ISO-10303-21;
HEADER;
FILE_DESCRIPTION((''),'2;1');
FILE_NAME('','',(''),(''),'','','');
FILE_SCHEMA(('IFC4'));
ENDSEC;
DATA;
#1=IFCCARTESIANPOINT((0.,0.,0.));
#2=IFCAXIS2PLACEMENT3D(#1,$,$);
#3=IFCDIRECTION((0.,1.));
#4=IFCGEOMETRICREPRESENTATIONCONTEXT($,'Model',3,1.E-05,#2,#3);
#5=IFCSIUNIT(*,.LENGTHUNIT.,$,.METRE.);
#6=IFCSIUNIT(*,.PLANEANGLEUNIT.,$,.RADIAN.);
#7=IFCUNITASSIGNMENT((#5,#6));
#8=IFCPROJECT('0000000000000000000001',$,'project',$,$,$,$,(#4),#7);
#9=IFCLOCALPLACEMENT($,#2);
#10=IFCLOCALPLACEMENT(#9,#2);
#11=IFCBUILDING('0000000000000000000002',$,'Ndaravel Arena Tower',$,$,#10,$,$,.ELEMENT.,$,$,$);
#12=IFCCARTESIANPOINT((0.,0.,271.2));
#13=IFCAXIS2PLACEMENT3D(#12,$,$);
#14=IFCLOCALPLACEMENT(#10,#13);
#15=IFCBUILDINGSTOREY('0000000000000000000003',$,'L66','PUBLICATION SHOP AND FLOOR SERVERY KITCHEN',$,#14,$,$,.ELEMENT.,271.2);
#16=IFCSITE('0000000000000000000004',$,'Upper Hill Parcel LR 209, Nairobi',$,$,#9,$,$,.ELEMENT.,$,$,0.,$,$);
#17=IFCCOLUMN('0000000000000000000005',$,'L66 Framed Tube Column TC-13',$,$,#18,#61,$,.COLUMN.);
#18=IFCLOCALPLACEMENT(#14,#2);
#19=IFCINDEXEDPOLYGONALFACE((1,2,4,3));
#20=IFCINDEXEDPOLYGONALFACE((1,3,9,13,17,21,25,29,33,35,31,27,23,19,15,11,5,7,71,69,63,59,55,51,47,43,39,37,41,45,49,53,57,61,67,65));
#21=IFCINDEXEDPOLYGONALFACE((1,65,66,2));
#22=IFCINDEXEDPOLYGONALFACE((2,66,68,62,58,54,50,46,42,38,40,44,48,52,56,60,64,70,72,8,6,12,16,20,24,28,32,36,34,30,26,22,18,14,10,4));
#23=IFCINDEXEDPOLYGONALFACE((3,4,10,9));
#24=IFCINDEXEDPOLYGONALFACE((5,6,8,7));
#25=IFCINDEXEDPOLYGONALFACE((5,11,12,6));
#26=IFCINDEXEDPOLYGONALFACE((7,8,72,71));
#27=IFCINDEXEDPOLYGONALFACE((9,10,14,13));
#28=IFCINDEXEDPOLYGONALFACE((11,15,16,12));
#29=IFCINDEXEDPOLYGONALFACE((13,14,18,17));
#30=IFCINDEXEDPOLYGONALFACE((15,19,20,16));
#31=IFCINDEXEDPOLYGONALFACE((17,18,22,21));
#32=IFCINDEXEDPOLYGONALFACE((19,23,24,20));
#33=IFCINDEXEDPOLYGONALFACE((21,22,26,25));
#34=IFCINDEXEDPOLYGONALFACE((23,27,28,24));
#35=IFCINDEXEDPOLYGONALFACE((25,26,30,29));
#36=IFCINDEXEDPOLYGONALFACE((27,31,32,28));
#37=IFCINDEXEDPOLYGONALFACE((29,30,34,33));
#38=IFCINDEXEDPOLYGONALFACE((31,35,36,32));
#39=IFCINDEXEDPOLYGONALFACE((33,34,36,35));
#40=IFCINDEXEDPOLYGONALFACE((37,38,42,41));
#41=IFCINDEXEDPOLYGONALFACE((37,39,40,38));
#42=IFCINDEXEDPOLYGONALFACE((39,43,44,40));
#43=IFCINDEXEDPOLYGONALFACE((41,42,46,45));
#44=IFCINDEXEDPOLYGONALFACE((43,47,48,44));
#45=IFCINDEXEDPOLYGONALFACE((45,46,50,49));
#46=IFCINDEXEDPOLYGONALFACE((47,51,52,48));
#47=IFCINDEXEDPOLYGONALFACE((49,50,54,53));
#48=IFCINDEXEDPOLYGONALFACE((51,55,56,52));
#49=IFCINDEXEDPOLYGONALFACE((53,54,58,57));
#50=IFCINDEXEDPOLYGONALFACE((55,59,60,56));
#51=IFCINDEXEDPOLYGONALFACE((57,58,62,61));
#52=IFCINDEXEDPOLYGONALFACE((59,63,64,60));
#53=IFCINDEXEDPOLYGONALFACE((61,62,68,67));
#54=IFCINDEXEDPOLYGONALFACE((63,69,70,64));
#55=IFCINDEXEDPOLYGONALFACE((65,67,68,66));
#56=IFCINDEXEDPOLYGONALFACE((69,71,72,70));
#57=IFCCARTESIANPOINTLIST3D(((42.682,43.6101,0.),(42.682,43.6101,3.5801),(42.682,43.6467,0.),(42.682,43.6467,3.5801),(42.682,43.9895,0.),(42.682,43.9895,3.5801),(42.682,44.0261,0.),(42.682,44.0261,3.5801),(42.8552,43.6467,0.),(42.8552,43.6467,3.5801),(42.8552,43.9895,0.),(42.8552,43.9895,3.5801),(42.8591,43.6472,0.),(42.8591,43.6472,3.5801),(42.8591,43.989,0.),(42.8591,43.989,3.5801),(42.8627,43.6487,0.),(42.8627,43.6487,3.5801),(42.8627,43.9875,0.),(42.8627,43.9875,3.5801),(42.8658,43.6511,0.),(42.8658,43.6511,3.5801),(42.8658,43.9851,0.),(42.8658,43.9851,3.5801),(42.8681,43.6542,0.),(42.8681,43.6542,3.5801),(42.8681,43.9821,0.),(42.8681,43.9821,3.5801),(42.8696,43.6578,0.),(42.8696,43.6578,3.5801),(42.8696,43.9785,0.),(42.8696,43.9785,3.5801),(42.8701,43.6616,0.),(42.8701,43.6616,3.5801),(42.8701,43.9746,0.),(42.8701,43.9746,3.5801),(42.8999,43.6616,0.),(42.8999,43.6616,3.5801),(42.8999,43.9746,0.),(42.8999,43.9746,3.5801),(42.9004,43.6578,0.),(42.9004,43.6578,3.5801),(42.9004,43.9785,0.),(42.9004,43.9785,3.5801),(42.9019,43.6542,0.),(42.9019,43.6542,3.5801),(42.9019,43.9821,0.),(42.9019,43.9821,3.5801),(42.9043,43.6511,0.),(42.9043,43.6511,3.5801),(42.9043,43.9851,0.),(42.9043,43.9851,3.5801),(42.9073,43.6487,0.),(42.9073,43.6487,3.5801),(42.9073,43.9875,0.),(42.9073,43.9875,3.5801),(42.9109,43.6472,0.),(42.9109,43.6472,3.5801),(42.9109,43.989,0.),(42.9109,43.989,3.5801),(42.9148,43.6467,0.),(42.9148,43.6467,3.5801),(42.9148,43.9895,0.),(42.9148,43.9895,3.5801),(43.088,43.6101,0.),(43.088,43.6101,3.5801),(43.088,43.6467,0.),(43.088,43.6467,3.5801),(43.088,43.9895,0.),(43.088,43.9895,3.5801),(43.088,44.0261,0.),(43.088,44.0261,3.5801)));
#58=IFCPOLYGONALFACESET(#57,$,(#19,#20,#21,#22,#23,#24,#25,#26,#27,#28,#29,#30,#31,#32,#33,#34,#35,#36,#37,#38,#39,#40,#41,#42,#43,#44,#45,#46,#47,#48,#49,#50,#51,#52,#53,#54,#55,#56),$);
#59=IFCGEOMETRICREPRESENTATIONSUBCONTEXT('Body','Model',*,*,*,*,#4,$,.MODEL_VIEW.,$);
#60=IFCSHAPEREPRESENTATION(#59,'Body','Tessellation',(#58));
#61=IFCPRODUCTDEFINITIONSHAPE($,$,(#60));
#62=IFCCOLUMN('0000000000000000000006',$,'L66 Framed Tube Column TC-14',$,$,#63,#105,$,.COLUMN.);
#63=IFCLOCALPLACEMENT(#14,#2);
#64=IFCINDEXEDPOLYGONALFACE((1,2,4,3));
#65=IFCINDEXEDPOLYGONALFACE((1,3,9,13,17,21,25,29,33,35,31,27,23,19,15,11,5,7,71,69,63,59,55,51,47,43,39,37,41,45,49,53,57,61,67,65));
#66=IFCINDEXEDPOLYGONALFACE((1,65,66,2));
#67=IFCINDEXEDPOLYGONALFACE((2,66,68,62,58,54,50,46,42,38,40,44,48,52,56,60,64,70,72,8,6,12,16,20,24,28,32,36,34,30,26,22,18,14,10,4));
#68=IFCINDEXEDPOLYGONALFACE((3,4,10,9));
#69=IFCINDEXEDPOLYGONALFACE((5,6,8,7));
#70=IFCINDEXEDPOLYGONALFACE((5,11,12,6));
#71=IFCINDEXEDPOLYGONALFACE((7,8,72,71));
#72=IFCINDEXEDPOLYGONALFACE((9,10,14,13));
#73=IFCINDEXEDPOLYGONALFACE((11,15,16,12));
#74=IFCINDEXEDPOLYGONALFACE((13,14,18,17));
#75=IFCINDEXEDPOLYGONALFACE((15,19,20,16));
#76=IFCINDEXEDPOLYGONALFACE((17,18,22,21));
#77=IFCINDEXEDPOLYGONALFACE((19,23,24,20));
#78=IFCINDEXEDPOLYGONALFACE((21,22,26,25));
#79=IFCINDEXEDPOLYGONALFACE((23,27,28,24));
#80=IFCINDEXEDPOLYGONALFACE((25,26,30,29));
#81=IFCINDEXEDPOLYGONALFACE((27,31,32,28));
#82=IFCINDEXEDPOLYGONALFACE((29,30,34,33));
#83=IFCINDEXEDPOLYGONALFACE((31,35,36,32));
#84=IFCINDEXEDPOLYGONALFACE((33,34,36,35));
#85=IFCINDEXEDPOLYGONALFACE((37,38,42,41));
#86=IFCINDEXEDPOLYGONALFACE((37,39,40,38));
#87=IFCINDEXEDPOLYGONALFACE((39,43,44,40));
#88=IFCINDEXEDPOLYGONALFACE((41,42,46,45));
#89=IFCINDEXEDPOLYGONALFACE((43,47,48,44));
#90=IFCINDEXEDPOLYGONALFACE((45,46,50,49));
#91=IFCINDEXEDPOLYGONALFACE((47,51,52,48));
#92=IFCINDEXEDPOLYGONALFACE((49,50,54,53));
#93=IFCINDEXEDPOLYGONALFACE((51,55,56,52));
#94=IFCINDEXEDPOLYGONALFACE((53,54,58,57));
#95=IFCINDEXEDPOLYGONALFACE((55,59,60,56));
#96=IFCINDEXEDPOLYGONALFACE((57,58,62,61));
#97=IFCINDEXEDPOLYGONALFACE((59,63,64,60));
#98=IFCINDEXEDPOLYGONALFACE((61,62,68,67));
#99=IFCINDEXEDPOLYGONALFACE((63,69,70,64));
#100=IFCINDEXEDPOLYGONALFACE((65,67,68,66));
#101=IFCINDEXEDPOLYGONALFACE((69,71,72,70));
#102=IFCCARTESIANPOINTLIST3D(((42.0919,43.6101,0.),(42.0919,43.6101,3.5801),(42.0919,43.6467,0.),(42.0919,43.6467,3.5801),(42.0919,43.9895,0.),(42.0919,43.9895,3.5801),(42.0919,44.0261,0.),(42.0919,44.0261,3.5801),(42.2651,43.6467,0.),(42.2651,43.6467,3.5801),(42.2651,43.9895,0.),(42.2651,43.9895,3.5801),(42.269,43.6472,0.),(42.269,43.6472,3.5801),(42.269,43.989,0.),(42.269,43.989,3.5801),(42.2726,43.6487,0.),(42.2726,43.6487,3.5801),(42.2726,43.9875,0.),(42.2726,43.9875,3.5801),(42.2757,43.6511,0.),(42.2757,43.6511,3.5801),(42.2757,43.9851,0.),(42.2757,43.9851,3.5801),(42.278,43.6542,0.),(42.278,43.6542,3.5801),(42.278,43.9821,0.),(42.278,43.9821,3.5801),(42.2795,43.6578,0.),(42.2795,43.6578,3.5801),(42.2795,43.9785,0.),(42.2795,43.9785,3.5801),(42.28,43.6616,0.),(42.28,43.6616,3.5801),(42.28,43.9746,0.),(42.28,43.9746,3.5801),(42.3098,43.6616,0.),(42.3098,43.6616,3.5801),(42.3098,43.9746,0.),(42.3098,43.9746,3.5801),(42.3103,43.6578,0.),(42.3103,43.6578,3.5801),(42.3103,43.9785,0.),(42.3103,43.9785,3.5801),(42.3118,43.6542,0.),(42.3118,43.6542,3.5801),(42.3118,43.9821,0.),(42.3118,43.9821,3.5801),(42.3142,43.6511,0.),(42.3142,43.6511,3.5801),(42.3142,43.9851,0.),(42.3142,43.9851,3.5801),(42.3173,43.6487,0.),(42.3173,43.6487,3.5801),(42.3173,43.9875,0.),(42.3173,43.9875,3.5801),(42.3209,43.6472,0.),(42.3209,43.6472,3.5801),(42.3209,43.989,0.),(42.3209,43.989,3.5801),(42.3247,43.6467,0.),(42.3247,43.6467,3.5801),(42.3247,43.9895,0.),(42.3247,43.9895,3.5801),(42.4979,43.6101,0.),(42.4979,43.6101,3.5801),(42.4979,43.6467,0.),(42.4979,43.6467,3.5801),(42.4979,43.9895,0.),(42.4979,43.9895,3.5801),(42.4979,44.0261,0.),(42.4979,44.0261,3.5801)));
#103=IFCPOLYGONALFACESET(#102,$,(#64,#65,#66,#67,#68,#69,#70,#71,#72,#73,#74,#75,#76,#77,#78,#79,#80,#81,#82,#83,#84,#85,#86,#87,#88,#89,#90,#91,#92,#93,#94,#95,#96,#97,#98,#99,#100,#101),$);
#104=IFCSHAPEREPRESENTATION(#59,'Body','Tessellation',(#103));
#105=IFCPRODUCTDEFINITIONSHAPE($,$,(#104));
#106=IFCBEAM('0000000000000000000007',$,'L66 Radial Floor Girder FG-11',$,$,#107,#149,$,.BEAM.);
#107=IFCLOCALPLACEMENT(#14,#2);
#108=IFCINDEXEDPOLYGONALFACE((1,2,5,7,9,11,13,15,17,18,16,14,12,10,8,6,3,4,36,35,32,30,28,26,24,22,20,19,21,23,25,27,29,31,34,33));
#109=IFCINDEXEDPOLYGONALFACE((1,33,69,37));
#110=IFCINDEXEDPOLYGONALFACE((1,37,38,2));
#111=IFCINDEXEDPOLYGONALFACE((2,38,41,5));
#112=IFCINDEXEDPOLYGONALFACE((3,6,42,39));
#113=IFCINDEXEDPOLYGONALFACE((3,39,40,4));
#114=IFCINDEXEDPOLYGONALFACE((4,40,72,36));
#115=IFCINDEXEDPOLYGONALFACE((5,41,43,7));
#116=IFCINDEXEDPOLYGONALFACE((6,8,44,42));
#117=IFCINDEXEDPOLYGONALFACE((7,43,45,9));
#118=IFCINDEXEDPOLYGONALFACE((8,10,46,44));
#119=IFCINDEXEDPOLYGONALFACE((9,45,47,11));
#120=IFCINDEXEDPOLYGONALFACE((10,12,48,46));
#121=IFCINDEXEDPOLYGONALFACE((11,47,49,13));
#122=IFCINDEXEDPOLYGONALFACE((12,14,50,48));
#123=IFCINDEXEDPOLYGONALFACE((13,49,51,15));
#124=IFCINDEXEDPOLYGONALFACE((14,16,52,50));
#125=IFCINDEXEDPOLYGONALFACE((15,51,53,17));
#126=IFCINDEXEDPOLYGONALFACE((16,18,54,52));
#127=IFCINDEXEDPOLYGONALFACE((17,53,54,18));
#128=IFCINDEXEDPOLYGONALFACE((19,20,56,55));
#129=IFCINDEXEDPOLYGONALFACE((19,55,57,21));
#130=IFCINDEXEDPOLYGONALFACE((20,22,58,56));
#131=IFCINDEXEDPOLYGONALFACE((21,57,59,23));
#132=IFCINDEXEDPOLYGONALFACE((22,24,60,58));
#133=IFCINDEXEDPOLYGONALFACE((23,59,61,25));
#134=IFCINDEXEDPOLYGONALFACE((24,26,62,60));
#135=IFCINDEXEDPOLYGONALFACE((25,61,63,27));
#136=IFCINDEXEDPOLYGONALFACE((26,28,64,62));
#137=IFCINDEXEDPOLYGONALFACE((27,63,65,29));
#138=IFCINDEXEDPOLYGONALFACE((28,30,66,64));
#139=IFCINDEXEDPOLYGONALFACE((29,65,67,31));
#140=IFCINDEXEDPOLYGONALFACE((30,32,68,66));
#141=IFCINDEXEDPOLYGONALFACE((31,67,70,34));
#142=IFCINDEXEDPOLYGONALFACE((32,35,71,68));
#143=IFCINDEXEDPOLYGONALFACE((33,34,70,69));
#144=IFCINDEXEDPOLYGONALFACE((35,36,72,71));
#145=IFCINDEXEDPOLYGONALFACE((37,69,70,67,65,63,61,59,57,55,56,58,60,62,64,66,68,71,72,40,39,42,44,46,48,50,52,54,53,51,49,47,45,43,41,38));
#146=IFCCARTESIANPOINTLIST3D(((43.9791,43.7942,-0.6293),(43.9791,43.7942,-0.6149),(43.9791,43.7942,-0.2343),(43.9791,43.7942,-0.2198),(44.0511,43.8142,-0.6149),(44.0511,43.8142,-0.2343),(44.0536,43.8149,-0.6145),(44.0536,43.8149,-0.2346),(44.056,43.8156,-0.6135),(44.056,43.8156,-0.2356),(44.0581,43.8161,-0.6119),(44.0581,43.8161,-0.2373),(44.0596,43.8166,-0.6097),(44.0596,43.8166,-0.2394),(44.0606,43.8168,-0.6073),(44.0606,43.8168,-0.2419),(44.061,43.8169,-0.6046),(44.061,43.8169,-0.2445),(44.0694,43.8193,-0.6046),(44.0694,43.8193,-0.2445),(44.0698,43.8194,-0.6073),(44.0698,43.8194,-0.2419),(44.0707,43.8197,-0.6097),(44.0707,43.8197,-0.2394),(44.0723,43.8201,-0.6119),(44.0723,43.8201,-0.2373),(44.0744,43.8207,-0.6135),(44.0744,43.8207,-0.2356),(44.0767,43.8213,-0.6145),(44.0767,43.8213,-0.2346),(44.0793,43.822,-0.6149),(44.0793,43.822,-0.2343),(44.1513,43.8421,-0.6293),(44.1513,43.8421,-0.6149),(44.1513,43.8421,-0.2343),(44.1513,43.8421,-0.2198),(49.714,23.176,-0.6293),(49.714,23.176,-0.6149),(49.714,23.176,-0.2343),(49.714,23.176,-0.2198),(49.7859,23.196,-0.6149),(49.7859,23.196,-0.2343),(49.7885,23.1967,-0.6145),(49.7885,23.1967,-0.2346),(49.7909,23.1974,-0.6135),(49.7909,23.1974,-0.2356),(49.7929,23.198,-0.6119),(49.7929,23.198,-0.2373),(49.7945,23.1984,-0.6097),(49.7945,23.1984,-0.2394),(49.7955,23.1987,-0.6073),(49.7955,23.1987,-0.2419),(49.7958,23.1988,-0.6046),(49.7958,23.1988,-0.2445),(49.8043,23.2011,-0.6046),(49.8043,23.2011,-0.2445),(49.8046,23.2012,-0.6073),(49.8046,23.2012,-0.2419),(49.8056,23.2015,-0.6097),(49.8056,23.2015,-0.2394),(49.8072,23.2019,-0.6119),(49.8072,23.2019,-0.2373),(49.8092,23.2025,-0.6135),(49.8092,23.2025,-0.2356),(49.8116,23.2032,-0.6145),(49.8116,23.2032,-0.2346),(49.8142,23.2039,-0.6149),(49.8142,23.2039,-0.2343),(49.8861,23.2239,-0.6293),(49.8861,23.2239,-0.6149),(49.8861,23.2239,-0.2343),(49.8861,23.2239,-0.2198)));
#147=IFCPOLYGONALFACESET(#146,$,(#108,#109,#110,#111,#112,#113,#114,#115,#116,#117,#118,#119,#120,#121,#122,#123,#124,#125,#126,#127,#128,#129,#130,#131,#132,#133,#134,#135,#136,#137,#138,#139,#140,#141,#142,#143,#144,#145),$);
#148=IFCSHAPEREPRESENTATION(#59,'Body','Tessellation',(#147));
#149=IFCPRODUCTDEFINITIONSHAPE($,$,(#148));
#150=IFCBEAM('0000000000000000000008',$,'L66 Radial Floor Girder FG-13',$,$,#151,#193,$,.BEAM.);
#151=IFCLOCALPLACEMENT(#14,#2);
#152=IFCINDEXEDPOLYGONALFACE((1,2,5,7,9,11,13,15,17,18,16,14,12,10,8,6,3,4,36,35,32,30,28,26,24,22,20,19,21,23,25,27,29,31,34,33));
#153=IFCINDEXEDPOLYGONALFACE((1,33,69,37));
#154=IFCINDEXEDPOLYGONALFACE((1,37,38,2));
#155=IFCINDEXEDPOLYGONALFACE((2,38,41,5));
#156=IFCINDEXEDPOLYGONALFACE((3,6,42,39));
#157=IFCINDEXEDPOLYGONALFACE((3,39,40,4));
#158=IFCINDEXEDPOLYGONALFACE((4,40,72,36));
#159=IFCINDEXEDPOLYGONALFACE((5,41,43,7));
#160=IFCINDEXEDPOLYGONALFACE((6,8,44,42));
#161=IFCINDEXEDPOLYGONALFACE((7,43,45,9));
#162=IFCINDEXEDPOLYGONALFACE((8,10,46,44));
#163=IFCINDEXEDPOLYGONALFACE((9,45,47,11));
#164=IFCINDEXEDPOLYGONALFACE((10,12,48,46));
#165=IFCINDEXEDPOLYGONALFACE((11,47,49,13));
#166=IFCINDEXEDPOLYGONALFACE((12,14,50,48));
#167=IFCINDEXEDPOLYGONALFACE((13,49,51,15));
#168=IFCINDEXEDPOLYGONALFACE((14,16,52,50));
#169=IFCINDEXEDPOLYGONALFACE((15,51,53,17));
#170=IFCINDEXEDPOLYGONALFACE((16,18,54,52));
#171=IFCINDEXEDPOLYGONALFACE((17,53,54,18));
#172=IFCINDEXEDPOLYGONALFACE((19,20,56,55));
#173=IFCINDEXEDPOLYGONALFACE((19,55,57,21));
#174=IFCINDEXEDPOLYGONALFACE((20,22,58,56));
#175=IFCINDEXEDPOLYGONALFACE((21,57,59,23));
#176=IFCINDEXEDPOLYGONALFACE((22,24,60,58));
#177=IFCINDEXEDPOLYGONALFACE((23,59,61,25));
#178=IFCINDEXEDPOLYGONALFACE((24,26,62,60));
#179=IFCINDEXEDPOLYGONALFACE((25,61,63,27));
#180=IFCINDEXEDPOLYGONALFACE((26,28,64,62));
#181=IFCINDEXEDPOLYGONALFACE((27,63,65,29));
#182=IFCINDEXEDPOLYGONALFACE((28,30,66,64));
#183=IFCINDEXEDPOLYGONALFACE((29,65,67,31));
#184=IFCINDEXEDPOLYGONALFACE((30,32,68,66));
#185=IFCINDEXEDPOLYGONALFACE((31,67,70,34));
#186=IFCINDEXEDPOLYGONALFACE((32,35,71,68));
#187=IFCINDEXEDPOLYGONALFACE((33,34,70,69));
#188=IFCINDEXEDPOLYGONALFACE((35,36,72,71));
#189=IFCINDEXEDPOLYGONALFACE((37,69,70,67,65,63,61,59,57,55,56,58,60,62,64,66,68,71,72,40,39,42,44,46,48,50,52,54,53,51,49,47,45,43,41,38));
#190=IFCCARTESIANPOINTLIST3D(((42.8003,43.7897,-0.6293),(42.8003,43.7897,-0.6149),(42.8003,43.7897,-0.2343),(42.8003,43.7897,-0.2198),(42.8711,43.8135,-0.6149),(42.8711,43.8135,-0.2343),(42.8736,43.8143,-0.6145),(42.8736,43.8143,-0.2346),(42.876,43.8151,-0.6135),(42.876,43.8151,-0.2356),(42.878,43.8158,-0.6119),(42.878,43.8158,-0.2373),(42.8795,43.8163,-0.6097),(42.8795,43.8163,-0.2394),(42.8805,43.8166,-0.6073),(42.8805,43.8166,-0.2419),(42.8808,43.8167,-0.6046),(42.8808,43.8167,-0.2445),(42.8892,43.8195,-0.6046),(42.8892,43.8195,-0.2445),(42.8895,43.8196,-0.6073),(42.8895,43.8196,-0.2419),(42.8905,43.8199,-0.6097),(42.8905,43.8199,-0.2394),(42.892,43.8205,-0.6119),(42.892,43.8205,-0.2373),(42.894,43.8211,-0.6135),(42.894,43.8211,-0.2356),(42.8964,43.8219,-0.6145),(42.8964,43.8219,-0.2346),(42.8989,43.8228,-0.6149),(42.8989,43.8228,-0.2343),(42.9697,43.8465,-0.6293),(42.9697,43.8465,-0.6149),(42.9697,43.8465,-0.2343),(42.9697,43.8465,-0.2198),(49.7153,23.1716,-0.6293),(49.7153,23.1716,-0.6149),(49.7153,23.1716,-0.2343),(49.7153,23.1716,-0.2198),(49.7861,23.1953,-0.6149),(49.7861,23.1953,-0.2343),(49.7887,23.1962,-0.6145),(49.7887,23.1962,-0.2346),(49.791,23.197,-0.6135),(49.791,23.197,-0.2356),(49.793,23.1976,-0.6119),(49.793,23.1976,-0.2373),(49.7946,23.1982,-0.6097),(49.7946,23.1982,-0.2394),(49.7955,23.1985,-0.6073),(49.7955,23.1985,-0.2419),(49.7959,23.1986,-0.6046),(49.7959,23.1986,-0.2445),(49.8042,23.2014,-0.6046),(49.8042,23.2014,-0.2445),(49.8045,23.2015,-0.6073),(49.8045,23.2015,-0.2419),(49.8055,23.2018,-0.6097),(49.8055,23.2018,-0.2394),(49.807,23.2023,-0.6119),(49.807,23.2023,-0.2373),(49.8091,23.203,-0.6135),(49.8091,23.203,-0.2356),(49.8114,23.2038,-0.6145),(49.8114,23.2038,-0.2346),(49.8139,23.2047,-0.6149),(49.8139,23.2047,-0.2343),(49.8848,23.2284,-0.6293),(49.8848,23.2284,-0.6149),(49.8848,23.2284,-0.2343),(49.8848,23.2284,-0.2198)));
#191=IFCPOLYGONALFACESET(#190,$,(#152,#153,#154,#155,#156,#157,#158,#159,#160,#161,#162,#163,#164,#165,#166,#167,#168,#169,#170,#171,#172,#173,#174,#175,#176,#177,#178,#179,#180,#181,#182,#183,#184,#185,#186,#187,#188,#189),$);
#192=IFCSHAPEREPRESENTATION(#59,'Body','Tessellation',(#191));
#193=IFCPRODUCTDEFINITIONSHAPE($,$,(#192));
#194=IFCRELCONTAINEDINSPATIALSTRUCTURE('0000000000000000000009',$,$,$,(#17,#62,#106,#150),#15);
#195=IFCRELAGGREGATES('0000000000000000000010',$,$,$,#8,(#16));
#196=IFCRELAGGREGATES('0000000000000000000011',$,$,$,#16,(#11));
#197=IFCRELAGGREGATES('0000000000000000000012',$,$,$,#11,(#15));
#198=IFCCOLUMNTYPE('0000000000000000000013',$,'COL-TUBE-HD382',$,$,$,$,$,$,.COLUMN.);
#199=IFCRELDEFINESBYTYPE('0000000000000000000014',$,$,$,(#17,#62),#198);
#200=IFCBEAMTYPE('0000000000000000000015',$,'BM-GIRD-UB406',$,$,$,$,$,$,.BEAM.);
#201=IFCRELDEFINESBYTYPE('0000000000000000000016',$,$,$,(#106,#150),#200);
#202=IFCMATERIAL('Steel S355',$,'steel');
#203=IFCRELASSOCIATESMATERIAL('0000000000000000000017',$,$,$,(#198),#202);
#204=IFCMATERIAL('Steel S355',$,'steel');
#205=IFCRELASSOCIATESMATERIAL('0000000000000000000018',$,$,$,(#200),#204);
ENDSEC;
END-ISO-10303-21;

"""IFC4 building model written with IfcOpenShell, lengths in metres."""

from ifc_helpers import new_model, si_unit, direction, frame, origin, origin_2d, place, context, subcontext, project, spatial, i_section, extrude, material, material_profile, profile_set, type_object, element, save


model = new_model("IFC4")

# Units and contexts
model_context = context("Model", 3, precision=1e-05, world=origin(), true_north=direction((0.0, 1.0)))
body_context = subcontext(model_context, "Body", "Model", "MODEL_VIEW")
ifc_project = project(units=[si_unit("LENGTHUNIT", "METRE"), si_unit("PLANEANGLEUNIT", "RADIAN")], contexts=[model_context])

# Site, building, storey
site_placement = place(None, origin())
site = spatial("IfcSite", under=ifc_project, at=site_placement, Name="Upper Hill Parcel LR 209, Nairobi", CompositionType="ELEMENT", RefElevation=0.0)
building_placement = place(site_placement, origin())
building = spatial("IfcBuilding", under=site, at=building_placement, Name="Ndaravel Arena Tower", CompositionType="ELEMENT")
storey_placement = place(building_placement, frame((0.0, 0.0, 271.2)))
storey = spatial("IfcBuildingStorey", under=building, at=storey_placement, Name="L66", Description="PUBLICATION SHOP AND FLOOR SERVERY KITCHEN", CompositionType="ELEMENT", Elevation=271.2)

# Columns
ifc_material_1 = material(Name="Steel S355", Category="steel")
ifc_material_profile_1 = material_profile(ifc_material_1, i_section(OverallWidth=0.406, OverallDepth=0.416, WebThickness=0.0298, FlangeThickness=0.0366, FilletRadius=0.0149, at=origin_2d()), Name="HD 400x382")
ifc_profile_set_1 = profile_set([ifc_material_profile_1], Name="Steel S355")
column_type_1 = type_object("IfcColumnType", Name="COL-TUBE-HD382", PredefinedType="COLUMN", material=ifc_profile_set_1)
for number, where, z_axis, x_axis, name in (
    (1, (42.885, 43.8181, 0.0), (0.0, 0.0, 1.0), (1.0, 0.0, 0.0), "L66 Framed Tube Column TC-13"),
    (2, (42.2949, 43.8181, 0.0), (0.0, 0.0, 1.0), (1.0, 0.0, 0.0), "L66 Framed Tube Column TC-14"),
):
    element("IfcColumn", number, at=place(storey_placement, frame(where, z_axis=z_axis, x_axis=x_axis)), inside=storey, type_object=column_type_1, Name=name, PredefinedType="COLUMN", context=body_context, shape_type="SweptSolid", body=[
        extrude(i_section(OverallWidth=0.406, OverallDepth=0.416, WebThickness=0.0298, FlangeThickness=0.0366, FilletRadius=0.0149, at=origin_2d()), origin(), (0.0, 0.0, 1.0), 3.5801),
    ])

# Beams
ifc_material_2 = material(Name="Steel S355", Category="steel")
ifc_material_profile_2 = material_profile(ifc_material_2, i_section(OverallWidth=0.1787, OverallDepth=0.4094, WebThickness=0.0088, FlangeThickness=0.0144, FilletRadius=0.0103, at=origin_2d()), Name="UB 406x178x67")
ifc_profile_set_2 = profile_set([ifc_material_profile_2], Name="Steel S355")
beam_type_1 = type_object("IfcBeamType", Name="BM-GIRD-UB406", PredefinedType="BEAM", material=ifc_profile_set_2)
beam_1_placement = place(storey_placement, frame((44.0652, 43.8181, -0.4246), z_axis=(0.267973, -0.963426, 0.0), x_axis=(0.963426, 0.267973, 0.0)))
element("IfcBeam", 3, at=beam_1_placement, inside=storey, type_object=beam_type_1, Name="L66 Radial Floor Girder FG-11", PredefinedType="BEAM", context=body_context, shape_type="SweptSolid", body=[
    extrude(i_section(OverallWidth=0.1787, OverallDepth=0.4094, WebThickness=0.0088, FlangeThickness=0.0144, FilletRadius=0.0103, at=origin_2d()), origin(), (0.0, 0.0, 1.0), 21.4009),
])
beam_2_placement = place(storey_placement, frame((42.885, 43.8181, -0.4246), z_axis=(0.317979, -0.948098, 0.0), x_axis=(0.948098, 0.317979, 0.0)))
element("IfcBeam", 4, at=beam_2_placement, inside=storey, type_object=beam_type_1, Name="L66 Radial Floor Girder FG-13", PredefinedType="BEAM", context=body_context, shape_type="SweptSolid", body=[
    extrude(i_section(OverallWidth=0.1787, OverallDepth=0.4094, WebThickness=0.0088, FlangeThickness=0.0144, FilletRadius=0.0103, at=origin_2d()), origin(), (0.0, 0.0, 1.0), 21.7468),
])

save(model, "model.ifc")
